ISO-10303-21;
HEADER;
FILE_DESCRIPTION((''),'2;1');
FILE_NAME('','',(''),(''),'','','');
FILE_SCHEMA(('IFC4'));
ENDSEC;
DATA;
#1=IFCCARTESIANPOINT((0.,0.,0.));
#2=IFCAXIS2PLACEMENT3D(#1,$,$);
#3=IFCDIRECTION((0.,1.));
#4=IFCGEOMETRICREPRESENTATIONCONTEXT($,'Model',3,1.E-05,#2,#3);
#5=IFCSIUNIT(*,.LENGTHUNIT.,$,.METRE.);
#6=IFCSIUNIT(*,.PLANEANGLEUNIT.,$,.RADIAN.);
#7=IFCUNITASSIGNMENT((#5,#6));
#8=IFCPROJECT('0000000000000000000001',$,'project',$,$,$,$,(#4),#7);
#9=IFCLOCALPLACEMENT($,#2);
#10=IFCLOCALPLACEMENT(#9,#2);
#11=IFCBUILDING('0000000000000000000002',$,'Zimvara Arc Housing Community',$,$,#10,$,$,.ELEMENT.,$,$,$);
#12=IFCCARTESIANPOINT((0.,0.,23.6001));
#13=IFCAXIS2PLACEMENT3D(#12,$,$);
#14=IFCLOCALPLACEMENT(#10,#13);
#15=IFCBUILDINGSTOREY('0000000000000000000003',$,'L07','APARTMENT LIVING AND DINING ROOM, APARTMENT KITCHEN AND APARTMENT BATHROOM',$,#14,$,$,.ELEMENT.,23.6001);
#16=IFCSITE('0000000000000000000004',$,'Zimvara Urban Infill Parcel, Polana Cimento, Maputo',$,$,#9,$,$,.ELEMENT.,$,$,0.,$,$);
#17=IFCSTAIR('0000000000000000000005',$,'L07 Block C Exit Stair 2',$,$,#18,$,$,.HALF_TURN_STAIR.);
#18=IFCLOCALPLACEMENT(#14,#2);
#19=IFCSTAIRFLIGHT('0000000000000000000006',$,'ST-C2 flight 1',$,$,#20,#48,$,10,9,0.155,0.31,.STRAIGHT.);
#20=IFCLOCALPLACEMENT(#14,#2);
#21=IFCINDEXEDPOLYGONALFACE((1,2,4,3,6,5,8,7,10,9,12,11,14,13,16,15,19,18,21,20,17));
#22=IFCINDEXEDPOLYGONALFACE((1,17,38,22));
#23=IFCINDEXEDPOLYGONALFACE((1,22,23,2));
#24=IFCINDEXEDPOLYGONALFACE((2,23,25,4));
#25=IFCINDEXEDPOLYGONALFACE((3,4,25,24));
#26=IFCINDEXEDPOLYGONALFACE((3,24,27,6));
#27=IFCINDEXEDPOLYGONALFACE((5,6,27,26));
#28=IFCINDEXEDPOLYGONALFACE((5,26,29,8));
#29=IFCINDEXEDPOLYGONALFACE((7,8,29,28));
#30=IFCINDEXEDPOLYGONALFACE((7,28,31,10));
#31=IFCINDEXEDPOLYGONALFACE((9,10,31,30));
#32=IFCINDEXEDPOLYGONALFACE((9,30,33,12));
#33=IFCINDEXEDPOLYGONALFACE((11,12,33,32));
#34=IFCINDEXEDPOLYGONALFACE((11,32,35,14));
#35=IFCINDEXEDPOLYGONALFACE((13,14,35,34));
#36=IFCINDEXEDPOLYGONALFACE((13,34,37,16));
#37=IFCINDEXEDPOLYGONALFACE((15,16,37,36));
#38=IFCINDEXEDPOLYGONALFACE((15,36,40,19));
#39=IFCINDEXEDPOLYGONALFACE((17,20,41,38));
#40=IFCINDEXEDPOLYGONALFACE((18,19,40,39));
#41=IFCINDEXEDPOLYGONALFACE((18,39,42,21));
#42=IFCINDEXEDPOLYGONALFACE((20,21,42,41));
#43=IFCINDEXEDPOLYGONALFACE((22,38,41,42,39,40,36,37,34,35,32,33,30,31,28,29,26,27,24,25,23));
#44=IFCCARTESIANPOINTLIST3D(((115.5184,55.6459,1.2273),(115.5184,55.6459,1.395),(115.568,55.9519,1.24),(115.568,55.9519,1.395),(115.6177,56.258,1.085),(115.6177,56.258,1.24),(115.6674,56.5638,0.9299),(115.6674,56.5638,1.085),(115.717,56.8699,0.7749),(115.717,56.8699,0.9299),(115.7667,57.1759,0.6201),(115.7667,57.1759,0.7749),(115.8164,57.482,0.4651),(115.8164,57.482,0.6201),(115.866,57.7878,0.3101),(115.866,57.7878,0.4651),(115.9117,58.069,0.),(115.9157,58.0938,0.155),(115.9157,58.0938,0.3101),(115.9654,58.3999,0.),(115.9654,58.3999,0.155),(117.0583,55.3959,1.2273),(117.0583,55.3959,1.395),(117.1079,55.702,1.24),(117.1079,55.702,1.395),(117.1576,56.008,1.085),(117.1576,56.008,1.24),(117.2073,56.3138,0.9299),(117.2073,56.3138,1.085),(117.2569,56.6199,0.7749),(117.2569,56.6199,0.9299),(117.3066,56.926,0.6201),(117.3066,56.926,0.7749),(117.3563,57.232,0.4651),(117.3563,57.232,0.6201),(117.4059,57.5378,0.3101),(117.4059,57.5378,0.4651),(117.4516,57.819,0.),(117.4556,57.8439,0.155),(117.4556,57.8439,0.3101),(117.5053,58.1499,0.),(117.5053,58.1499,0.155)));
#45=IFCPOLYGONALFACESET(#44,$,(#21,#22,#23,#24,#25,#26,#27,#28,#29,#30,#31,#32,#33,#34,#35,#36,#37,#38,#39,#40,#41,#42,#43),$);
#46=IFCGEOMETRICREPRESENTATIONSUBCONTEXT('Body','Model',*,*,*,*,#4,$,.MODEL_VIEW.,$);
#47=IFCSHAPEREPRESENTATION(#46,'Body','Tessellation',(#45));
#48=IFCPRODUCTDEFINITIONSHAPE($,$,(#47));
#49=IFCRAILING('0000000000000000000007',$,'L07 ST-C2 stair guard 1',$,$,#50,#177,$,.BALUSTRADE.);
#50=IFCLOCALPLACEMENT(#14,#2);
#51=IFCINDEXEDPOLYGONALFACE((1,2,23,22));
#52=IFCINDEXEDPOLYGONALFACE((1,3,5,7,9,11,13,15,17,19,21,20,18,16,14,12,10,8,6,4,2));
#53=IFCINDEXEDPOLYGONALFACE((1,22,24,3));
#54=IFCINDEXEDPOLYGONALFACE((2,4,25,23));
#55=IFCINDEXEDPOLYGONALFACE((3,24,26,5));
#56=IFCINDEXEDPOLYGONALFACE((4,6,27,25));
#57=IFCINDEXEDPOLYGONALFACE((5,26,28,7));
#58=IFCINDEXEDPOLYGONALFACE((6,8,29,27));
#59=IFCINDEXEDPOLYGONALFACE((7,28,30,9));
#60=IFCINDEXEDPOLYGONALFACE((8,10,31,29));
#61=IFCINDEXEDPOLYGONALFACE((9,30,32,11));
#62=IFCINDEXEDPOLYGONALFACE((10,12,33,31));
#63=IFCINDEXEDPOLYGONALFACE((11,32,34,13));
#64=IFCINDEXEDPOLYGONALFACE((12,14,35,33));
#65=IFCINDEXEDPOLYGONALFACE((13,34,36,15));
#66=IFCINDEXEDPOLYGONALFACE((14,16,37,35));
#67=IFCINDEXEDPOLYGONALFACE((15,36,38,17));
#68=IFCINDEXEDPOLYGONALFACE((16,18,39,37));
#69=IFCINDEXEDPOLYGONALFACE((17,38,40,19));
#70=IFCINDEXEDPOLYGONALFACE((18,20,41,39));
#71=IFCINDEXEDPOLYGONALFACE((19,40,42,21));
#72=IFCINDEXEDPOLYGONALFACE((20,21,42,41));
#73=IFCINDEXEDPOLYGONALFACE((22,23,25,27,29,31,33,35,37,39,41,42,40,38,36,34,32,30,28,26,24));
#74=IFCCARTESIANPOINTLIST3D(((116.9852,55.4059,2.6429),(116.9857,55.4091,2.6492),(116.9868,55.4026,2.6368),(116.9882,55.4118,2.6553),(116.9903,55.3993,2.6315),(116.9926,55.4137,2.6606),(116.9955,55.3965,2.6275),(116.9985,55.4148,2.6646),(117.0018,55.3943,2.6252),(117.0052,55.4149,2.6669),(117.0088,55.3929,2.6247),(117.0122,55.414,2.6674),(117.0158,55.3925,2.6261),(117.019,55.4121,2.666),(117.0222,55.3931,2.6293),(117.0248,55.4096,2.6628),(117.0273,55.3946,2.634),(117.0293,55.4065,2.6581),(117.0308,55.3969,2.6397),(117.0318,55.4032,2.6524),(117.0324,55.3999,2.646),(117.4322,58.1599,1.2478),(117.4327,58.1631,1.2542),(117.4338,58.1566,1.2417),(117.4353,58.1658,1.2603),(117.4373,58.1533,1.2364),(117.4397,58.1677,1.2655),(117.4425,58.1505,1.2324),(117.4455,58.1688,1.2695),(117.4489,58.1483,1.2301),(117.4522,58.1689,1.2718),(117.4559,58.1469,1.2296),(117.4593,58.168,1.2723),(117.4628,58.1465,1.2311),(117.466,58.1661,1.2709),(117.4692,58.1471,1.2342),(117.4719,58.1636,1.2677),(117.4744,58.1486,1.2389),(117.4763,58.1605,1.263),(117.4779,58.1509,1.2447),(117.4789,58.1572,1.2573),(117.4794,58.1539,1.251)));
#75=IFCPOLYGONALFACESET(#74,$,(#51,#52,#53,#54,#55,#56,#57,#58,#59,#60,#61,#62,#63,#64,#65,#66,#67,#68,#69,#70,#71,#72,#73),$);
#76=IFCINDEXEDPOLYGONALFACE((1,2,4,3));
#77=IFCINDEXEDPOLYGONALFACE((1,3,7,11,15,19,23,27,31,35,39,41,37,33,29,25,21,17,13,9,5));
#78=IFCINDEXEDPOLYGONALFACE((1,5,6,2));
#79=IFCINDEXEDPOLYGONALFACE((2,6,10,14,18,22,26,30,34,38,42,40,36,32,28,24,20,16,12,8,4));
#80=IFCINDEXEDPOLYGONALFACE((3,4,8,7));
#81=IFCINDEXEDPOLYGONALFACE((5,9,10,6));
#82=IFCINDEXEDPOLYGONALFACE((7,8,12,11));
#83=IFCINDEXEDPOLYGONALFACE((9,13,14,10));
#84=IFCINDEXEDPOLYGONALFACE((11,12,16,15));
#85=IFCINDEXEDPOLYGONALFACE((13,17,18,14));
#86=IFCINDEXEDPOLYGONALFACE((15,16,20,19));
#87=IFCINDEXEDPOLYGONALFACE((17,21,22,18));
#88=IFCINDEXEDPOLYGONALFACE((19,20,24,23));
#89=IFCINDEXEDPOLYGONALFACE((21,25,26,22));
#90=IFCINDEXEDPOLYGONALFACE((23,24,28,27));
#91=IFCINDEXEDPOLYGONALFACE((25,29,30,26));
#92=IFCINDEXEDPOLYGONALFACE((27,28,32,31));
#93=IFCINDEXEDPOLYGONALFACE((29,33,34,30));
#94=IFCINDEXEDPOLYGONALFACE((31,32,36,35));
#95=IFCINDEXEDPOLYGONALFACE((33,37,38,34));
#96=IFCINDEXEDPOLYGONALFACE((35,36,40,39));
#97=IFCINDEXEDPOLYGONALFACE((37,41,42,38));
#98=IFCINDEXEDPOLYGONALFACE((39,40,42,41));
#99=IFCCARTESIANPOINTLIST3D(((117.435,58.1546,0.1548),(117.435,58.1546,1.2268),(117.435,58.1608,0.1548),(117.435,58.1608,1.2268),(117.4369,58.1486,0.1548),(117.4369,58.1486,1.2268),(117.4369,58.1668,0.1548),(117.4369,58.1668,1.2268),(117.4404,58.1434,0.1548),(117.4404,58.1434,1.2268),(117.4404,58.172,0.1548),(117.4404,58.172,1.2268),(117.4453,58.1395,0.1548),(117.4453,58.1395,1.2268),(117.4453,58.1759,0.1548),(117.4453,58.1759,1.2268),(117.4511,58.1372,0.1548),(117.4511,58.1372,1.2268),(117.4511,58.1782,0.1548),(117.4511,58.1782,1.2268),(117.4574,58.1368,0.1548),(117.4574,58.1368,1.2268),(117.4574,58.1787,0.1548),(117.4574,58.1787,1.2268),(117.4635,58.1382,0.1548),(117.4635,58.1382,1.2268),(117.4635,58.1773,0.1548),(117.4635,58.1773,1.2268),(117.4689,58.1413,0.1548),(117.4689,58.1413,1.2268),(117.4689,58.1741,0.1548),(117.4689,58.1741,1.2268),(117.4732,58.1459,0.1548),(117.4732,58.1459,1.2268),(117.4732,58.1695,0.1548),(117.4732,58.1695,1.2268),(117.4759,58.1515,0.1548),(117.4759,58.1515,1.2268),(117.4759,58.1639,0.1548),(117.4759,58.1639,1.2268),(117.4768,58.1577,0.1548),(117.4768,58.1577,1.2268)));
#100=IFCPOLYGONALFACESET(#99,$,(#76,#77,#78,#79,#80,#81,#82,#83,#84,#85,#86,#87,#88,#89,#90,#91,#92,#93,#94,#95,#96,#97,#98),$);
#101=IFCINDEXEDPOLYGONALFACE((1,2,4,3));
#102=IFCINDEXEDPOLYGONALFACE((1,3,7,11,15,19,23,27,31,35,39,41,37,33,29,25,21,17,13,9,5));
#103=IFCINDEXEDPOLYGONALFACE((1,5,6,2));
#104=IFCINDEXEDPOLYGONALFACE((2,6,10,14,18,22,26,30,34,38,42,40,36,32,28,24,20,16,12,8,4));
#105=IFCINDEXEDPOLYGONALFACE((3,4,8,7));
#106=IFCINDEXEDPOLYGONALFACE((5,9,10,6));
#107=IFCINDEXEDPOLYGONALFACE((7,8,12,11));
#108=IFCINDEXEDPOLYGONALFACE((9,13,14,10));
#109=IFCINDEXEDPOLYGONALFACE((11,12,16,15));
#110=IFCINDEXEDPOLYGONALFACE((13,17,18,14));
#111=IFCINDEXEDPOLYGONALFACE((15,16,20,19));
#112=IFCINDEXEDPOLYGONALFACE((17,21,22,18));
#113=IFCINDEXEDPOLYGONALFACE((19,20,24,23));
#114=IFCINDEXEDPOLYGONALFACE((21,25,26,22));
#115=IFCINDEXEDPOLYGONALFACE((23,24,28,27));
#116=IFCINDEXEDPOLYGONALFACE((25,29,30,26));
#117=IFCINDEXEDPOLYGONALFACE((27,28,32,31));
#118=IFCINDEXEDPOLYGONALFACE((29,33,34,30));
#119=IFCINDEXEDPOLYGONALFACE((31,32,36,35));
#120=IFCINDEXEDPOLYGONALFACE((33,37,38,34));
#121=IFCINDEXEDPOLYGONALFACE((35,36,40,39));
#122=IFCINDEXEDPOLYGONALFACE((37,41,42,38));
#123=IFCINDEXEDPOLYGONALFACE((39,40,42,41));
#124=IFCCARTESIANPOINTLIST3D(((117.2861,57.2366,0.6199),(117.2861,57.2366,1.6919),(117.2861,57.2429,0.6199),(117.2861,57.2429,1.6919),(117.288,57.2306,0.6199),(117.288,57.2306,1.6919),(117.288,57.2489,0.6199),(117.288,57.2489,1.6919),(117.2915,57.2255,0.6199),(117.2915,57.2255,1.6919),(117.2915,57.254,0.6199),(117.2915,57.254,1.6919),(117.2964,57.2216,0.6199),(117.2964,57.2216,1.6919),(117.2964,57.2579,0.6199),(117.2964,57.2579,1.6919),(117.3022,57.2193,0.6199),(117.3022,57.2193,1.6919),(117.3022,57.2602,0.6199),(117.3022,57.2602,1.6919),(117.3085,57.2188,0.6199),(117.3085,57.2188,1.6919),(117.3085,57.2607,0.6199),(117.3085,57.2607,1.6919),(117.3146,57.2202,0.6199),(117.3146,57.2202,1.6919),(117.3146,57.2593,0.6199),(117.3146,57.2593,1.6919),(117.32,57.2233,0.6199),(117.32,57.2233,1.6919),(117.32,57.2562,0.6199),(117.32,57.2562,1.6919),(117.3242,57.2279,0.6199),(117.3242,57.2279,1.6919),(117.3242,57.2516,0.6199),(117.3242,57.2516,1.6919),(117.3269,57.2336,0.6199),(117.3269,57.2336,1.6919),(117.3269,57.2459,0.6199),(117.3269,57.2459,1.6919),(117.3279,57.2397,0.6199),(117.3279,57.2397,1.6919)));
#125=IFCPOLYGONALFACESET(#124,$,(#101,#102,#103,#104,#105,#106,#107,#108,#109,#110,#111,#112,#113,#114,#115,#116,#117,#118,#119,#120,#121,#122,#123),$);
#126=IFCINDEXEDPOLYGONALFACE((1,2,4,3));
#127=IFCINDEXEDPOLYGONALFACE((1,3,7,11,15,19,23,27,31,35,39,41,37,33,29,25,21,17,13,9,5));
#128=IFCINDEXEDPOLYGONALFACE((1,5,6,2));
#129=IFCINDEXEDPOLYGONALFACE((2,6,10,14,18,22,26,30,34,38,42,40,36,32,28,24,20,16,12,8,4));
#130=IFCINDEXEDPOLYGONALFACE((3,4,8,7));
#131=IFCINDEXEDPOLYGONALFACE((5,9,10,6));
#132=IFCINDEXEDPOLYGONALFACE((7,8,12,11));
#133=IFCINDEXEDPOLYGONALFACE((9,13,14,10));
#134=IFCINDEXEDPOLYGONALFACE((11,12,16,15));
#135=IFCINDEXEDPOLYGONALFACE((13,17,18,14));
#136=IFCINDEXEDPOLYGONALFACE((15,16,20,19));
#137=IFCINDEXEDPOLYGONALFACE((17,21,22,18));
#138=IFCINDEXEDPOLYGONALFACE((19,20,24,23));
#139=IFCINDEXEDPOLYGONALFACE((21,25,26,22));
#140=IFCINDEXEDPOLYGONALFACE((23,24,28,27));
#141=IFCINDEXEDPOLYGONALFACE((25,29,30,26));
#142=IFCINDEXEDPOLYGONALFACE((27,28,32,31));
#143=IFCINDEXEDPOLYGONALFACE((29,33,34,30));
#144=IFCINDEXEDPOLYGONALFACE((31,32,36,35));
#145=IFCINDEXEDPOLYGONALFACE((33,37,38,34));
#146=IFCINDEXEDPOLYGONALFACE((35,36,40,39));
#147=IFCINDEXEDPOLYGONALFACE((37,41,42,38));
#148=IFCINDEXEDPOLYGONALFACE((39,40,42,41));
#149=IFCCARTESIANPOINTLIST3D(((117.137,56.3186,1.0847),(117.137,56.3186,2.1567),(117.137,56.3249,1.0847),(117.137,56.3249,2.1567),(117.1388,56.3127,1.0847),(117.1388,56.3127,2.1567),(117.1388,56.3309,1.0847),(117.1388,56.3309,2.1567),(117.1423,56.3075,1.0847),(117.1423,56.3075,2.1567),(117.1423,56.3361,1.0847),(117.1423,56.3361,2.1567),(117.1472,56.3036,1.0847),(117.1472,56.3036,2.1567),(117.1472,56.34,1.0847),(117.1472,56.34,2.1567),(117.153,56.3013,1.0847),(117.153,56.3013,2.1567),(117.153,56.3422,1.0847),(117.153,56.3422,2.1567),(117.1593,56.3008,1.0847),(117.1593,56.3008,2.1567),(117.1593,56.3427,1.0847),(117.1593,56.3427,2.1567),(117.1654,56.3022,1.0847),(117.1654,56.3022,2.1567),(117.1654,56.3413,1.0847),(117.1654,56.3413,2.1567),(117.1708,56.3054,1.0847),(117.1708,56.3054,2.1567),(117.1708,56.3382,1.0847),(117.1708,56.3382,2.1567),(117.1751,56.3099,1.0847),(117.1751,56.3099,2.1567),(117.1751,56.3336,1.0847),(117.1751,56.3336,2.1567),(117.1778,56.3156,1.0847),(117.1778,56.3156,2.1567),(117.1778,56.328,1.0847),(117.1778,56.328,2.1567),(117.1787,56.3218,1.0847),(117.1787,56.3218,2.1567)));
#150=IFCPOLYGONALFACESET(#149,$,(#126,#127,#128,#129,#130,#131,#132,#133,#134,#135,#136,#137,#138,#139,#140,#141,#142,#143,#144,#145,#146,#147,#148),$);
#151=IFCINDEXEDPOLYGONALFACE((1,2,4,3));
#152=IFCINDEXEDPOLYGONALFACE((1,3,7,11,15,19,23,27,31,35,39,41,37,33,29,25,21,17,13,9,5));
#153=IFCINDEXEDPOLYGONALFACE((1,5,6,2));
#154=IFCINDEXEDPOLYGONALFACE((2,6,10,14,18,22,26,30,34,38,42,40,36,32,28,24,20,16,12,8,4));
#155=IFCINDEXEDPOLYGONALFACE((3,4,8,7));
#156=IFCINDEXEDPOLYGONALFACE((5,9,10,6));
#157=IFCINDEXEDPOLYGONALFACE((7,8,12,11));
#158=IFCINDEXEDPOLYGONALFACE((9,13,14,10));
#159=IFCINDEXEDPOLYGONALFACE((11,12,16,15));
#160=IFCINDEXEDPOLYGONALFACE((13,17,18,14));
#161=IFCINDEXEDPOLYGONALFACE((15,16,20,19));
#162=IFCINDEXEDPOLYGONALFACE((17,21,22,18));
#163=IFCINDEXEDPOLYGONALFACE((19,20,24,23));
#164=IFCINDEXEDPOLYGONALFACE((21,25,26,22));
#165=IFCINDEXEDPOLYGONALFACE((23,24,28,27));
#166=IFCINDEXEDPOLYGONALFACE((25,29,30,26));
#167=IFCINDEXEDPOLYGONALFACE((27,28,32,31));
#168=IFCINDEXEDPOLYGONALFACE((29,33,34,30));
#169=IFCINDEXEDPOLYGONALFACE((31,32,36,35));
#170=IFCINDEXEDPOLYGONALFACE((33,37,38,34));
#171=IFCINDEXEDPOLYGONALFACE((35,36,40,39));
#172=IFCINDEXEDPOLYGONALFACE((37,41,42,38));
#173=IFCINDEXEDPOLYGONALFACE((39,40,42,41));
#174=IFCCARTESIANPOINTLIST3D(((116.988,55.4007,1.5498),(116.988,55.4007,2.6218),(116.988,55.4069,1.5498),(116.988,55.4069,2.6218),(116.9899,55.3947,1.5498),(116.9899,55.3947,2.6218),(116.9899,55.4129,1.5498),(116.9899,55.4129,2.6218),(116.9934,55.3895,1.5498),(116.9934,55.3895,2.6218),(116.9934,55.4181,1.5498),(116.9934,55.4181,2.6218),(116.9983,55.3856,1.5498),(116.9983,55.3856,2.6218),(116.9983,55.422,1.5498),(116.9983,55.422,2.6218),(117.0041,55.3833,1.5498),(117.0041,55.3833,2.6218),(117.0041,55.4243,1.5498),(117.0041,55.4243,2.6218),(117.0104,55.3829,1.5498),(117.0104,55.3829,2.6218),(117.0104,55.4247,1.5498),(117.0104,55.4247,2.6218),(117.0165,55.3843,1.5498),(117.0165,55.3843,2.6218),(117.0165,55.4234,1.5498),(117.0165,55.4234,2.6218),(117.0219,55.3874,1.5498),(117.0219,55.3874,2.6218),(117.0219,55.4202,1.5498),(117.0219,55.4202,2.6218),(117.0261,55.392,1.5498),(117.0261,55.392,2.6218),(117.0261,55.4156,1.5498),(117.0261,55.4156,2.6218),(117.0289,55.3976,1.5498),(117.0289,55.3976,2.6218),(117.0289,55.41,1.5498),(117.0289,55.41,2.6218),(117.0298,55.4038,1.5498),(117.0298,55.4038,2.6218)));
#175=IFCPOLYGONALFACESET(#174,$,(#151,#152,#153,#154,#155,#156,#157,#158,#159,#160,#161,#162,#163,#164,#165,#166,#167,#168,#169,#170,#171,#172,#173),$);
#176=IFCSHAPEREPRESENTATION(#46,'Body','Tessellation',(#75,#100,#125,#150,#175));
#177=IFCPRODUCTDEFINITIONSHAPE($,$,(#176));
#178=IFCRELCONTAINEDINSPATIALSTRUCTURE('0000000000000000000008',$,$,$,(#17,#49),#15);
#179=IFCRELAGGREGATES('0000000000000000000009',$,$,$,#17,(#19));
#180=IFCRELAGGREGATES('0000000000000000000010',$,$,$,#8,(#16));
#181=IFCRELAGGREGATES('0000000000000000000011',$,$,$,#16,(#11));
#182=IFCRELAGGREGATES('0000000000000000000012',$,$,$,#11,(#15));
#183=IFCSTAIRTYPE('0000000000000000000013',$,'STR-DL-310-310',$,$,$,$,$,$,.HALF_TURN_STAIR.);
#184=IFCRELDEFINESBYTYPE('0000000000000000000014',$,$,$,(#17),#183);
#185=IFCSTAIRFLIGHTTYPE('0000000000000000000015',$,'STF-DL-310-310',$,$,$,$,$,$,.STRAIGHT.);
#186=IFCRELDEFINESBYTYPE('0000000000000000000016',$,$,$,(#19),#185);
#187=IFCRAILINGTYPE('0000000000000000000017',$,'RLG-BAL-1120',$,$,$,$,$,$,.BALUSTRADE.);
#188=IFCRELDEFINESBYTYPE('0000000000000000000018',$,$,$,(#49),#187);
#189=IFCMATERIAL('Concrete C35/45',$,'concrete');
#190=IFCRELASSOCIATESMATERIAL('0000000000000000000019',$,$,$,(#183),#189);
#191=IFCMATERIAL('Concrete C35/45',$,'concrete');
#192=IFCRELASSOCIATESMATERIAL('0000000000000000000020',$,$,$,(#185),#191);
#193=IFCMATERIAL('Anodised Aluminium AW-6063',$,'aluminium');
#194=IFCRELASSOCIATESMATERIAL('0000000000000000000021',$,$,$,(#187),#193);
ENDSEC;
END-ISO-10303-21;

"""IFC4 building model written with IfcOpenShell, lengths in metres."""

from ifc_helpers import new_model, si_unit, direction, frame, origin, origin_2d, place, context, subcontext, project, spatial, polyline, circle, outline, extrude, material, type_object, element, aggregate, save


model = new_model("IFC4")

# Units and contexts
model_context = context("Model", 3, precision=1e-05, world=origin(), true_north=direction((0.0, 1.0)))
body_context = subcontext(model_context, "Body", "Model", "MODEL_VIEW")
ifc_project = project(units=[si_unit("LENGTHUNIT", "METRE"), si_unit("PLANEANGLEUNIT", "RADIAN")], contexts=[model_context])

# Site, building, storey
site_placement = place(None, origin())
site = spatial("IfcSite", under=ifc_project, at=site_placement, Name="Zimvara Urban Infill Parcel, Polana Cimento, Maputo", CompositionType="ELEMENT", RefElevation=0.0)
building_placement = place(site_placement, origin())
building = spatial("IfcBuilding", under=site, at=building_placement, Name="Zimvara Arc Housing Community", CompositionType="ELEMENT")
storey_placement = place(building_placement, frame((0.0, 0.0, 23.6001)))
storey = spatial("IfcBuildingStorey", under=building, at=storey_placement, Name="L07", Description="APARTMENT LIVING AND DINING ROOM, APARTMENT KITCHEN AND APARTMENT BATHROOM", CompositionType="ELEMENT", Elevation=23.6001)

# Stair, stair flight
ifc_material_1 = material(Name="Concrete C35/45", Category="concrete")
stair_type = type_object("IfcStairType", Name="STR-DL-310-310", PredefinedType="HALF_TURN_STAIR", material=ifc_material_1)
stair_placement = place(storey_placement, origin())
stair = element("IfcStair", 1, at=stair_placement, inside=storey, type_object=stair_type, Name="L07 Block C Exit Stair 2", PredefinedType="HALF_TURN_STAIR")
ifc_material_2 = material(Name="Concrete C35/45", Category="concrete")
stair_flight_type = type_object("IfcStairFlightType", Name="STF-DL-310-310", PredefinedType="STRAIGHT", material=ifc_material_2)
stair_flight_placement = place(storey_placement, frame((116.7354, 58.2749, 0.0), z_axis=(0.0, 0.0, 1.0), x_axis=(-0.160226, -0.98708, 0.0)))
stair_flight = element("IfcStairFlight", 2, at=stair_flight_placement, type_object=stair_flight_type, Name="ST-C2 flight 1", NumberOfRisers=10, NumberOfTreads=9, PredefinedType="STRAIGHT", RiserHeight=0.155, TreadLength=0.31, context=body_context, shape_type="SweptSolid", body=[
    extrude(outline(polyline([(0.0, 0.0), (0.0, 0.155), (0.3101, 0.155), (0.3101, 0.3101), (0.6201, 0.3101), (0.6201, 0.4651), (0.9299, 0.4651), (0.9299, 0.6201), (1.24, 0.6201), (1.24, 0.7749), (1.55, 0.7749), (1.55, 0.9299), (1.8601, 0.9299), (1.8601, 1.085), (2.1699, 1.085), (2.1699, 1.24), (2.48, 1.24), (2.48, 1.395), (2.79, 1.395), (2.79, 1.55), (2.79, 1.2273), (0.3352, 0.0), (0.0, 0.0)])), frame((0.0, 0.78, 0.0), z_axis=(0.0, -1.0, 0.0), x_axis=(1.0, 0.0, 0.0)), (0.0, 0.0, 1.0), 1.5601),
])
aggregate(stair, [stair_flight])

# Railing
ifc_material_3 = material(Name="Anodised Aluminium AW-6063", Category="aluminium")
railing_type_1 = type_object("IfcRailingType", Name="RLG-BAL-1120", PredefinedType="BALUSTRADE", material=ifc_material_3)
railing_1_placement = place(storey_placement, frame((117.4558, 58.1577, 0.1548)))
element("IfcRailing", 3, at=railing_1_placement, inside=storey, type_object=railing_type_1, Name="L07 ST-C2 stair guard 1", PredefinedType="BALUSTRADE", context=body_context, shape_type="SweptSolid", body=[
    extrude(circle(Radius=0.0239, at=origin_2d()), frame((0.0, 0.0, 1.0962), z_axis=(-0.143309, -0.882866, 0.447225), x_axis=(0.98708, -0.160226, 0.0)), (0.0, 0.0, 1.0), 3.1194),
    extrude(circle(Radius=0.021, at=origin_2d()), origin(), (0.0, 0.0, 1.0), 1.072),
    extrude(circle(Radius=0.021, at=origin_2d()), frame((-0.1489, -0.918, 0.4651)), (0.0, 0.0, 1.0), 1.072),
    extrude(circle(Radius=0.021, at=origin_2d()), frame((-0.2981, -1.8359, 0.9299)), (0.0, 0.0, 1.0), 1.072),
    extrude(circle(Radius=0.021, at=origin_2d()), frame((-0.447, -2.7539, 1.395)), (0.0, 0.0, 1.0), 1.072),
])

save(model, "model.ifc")
